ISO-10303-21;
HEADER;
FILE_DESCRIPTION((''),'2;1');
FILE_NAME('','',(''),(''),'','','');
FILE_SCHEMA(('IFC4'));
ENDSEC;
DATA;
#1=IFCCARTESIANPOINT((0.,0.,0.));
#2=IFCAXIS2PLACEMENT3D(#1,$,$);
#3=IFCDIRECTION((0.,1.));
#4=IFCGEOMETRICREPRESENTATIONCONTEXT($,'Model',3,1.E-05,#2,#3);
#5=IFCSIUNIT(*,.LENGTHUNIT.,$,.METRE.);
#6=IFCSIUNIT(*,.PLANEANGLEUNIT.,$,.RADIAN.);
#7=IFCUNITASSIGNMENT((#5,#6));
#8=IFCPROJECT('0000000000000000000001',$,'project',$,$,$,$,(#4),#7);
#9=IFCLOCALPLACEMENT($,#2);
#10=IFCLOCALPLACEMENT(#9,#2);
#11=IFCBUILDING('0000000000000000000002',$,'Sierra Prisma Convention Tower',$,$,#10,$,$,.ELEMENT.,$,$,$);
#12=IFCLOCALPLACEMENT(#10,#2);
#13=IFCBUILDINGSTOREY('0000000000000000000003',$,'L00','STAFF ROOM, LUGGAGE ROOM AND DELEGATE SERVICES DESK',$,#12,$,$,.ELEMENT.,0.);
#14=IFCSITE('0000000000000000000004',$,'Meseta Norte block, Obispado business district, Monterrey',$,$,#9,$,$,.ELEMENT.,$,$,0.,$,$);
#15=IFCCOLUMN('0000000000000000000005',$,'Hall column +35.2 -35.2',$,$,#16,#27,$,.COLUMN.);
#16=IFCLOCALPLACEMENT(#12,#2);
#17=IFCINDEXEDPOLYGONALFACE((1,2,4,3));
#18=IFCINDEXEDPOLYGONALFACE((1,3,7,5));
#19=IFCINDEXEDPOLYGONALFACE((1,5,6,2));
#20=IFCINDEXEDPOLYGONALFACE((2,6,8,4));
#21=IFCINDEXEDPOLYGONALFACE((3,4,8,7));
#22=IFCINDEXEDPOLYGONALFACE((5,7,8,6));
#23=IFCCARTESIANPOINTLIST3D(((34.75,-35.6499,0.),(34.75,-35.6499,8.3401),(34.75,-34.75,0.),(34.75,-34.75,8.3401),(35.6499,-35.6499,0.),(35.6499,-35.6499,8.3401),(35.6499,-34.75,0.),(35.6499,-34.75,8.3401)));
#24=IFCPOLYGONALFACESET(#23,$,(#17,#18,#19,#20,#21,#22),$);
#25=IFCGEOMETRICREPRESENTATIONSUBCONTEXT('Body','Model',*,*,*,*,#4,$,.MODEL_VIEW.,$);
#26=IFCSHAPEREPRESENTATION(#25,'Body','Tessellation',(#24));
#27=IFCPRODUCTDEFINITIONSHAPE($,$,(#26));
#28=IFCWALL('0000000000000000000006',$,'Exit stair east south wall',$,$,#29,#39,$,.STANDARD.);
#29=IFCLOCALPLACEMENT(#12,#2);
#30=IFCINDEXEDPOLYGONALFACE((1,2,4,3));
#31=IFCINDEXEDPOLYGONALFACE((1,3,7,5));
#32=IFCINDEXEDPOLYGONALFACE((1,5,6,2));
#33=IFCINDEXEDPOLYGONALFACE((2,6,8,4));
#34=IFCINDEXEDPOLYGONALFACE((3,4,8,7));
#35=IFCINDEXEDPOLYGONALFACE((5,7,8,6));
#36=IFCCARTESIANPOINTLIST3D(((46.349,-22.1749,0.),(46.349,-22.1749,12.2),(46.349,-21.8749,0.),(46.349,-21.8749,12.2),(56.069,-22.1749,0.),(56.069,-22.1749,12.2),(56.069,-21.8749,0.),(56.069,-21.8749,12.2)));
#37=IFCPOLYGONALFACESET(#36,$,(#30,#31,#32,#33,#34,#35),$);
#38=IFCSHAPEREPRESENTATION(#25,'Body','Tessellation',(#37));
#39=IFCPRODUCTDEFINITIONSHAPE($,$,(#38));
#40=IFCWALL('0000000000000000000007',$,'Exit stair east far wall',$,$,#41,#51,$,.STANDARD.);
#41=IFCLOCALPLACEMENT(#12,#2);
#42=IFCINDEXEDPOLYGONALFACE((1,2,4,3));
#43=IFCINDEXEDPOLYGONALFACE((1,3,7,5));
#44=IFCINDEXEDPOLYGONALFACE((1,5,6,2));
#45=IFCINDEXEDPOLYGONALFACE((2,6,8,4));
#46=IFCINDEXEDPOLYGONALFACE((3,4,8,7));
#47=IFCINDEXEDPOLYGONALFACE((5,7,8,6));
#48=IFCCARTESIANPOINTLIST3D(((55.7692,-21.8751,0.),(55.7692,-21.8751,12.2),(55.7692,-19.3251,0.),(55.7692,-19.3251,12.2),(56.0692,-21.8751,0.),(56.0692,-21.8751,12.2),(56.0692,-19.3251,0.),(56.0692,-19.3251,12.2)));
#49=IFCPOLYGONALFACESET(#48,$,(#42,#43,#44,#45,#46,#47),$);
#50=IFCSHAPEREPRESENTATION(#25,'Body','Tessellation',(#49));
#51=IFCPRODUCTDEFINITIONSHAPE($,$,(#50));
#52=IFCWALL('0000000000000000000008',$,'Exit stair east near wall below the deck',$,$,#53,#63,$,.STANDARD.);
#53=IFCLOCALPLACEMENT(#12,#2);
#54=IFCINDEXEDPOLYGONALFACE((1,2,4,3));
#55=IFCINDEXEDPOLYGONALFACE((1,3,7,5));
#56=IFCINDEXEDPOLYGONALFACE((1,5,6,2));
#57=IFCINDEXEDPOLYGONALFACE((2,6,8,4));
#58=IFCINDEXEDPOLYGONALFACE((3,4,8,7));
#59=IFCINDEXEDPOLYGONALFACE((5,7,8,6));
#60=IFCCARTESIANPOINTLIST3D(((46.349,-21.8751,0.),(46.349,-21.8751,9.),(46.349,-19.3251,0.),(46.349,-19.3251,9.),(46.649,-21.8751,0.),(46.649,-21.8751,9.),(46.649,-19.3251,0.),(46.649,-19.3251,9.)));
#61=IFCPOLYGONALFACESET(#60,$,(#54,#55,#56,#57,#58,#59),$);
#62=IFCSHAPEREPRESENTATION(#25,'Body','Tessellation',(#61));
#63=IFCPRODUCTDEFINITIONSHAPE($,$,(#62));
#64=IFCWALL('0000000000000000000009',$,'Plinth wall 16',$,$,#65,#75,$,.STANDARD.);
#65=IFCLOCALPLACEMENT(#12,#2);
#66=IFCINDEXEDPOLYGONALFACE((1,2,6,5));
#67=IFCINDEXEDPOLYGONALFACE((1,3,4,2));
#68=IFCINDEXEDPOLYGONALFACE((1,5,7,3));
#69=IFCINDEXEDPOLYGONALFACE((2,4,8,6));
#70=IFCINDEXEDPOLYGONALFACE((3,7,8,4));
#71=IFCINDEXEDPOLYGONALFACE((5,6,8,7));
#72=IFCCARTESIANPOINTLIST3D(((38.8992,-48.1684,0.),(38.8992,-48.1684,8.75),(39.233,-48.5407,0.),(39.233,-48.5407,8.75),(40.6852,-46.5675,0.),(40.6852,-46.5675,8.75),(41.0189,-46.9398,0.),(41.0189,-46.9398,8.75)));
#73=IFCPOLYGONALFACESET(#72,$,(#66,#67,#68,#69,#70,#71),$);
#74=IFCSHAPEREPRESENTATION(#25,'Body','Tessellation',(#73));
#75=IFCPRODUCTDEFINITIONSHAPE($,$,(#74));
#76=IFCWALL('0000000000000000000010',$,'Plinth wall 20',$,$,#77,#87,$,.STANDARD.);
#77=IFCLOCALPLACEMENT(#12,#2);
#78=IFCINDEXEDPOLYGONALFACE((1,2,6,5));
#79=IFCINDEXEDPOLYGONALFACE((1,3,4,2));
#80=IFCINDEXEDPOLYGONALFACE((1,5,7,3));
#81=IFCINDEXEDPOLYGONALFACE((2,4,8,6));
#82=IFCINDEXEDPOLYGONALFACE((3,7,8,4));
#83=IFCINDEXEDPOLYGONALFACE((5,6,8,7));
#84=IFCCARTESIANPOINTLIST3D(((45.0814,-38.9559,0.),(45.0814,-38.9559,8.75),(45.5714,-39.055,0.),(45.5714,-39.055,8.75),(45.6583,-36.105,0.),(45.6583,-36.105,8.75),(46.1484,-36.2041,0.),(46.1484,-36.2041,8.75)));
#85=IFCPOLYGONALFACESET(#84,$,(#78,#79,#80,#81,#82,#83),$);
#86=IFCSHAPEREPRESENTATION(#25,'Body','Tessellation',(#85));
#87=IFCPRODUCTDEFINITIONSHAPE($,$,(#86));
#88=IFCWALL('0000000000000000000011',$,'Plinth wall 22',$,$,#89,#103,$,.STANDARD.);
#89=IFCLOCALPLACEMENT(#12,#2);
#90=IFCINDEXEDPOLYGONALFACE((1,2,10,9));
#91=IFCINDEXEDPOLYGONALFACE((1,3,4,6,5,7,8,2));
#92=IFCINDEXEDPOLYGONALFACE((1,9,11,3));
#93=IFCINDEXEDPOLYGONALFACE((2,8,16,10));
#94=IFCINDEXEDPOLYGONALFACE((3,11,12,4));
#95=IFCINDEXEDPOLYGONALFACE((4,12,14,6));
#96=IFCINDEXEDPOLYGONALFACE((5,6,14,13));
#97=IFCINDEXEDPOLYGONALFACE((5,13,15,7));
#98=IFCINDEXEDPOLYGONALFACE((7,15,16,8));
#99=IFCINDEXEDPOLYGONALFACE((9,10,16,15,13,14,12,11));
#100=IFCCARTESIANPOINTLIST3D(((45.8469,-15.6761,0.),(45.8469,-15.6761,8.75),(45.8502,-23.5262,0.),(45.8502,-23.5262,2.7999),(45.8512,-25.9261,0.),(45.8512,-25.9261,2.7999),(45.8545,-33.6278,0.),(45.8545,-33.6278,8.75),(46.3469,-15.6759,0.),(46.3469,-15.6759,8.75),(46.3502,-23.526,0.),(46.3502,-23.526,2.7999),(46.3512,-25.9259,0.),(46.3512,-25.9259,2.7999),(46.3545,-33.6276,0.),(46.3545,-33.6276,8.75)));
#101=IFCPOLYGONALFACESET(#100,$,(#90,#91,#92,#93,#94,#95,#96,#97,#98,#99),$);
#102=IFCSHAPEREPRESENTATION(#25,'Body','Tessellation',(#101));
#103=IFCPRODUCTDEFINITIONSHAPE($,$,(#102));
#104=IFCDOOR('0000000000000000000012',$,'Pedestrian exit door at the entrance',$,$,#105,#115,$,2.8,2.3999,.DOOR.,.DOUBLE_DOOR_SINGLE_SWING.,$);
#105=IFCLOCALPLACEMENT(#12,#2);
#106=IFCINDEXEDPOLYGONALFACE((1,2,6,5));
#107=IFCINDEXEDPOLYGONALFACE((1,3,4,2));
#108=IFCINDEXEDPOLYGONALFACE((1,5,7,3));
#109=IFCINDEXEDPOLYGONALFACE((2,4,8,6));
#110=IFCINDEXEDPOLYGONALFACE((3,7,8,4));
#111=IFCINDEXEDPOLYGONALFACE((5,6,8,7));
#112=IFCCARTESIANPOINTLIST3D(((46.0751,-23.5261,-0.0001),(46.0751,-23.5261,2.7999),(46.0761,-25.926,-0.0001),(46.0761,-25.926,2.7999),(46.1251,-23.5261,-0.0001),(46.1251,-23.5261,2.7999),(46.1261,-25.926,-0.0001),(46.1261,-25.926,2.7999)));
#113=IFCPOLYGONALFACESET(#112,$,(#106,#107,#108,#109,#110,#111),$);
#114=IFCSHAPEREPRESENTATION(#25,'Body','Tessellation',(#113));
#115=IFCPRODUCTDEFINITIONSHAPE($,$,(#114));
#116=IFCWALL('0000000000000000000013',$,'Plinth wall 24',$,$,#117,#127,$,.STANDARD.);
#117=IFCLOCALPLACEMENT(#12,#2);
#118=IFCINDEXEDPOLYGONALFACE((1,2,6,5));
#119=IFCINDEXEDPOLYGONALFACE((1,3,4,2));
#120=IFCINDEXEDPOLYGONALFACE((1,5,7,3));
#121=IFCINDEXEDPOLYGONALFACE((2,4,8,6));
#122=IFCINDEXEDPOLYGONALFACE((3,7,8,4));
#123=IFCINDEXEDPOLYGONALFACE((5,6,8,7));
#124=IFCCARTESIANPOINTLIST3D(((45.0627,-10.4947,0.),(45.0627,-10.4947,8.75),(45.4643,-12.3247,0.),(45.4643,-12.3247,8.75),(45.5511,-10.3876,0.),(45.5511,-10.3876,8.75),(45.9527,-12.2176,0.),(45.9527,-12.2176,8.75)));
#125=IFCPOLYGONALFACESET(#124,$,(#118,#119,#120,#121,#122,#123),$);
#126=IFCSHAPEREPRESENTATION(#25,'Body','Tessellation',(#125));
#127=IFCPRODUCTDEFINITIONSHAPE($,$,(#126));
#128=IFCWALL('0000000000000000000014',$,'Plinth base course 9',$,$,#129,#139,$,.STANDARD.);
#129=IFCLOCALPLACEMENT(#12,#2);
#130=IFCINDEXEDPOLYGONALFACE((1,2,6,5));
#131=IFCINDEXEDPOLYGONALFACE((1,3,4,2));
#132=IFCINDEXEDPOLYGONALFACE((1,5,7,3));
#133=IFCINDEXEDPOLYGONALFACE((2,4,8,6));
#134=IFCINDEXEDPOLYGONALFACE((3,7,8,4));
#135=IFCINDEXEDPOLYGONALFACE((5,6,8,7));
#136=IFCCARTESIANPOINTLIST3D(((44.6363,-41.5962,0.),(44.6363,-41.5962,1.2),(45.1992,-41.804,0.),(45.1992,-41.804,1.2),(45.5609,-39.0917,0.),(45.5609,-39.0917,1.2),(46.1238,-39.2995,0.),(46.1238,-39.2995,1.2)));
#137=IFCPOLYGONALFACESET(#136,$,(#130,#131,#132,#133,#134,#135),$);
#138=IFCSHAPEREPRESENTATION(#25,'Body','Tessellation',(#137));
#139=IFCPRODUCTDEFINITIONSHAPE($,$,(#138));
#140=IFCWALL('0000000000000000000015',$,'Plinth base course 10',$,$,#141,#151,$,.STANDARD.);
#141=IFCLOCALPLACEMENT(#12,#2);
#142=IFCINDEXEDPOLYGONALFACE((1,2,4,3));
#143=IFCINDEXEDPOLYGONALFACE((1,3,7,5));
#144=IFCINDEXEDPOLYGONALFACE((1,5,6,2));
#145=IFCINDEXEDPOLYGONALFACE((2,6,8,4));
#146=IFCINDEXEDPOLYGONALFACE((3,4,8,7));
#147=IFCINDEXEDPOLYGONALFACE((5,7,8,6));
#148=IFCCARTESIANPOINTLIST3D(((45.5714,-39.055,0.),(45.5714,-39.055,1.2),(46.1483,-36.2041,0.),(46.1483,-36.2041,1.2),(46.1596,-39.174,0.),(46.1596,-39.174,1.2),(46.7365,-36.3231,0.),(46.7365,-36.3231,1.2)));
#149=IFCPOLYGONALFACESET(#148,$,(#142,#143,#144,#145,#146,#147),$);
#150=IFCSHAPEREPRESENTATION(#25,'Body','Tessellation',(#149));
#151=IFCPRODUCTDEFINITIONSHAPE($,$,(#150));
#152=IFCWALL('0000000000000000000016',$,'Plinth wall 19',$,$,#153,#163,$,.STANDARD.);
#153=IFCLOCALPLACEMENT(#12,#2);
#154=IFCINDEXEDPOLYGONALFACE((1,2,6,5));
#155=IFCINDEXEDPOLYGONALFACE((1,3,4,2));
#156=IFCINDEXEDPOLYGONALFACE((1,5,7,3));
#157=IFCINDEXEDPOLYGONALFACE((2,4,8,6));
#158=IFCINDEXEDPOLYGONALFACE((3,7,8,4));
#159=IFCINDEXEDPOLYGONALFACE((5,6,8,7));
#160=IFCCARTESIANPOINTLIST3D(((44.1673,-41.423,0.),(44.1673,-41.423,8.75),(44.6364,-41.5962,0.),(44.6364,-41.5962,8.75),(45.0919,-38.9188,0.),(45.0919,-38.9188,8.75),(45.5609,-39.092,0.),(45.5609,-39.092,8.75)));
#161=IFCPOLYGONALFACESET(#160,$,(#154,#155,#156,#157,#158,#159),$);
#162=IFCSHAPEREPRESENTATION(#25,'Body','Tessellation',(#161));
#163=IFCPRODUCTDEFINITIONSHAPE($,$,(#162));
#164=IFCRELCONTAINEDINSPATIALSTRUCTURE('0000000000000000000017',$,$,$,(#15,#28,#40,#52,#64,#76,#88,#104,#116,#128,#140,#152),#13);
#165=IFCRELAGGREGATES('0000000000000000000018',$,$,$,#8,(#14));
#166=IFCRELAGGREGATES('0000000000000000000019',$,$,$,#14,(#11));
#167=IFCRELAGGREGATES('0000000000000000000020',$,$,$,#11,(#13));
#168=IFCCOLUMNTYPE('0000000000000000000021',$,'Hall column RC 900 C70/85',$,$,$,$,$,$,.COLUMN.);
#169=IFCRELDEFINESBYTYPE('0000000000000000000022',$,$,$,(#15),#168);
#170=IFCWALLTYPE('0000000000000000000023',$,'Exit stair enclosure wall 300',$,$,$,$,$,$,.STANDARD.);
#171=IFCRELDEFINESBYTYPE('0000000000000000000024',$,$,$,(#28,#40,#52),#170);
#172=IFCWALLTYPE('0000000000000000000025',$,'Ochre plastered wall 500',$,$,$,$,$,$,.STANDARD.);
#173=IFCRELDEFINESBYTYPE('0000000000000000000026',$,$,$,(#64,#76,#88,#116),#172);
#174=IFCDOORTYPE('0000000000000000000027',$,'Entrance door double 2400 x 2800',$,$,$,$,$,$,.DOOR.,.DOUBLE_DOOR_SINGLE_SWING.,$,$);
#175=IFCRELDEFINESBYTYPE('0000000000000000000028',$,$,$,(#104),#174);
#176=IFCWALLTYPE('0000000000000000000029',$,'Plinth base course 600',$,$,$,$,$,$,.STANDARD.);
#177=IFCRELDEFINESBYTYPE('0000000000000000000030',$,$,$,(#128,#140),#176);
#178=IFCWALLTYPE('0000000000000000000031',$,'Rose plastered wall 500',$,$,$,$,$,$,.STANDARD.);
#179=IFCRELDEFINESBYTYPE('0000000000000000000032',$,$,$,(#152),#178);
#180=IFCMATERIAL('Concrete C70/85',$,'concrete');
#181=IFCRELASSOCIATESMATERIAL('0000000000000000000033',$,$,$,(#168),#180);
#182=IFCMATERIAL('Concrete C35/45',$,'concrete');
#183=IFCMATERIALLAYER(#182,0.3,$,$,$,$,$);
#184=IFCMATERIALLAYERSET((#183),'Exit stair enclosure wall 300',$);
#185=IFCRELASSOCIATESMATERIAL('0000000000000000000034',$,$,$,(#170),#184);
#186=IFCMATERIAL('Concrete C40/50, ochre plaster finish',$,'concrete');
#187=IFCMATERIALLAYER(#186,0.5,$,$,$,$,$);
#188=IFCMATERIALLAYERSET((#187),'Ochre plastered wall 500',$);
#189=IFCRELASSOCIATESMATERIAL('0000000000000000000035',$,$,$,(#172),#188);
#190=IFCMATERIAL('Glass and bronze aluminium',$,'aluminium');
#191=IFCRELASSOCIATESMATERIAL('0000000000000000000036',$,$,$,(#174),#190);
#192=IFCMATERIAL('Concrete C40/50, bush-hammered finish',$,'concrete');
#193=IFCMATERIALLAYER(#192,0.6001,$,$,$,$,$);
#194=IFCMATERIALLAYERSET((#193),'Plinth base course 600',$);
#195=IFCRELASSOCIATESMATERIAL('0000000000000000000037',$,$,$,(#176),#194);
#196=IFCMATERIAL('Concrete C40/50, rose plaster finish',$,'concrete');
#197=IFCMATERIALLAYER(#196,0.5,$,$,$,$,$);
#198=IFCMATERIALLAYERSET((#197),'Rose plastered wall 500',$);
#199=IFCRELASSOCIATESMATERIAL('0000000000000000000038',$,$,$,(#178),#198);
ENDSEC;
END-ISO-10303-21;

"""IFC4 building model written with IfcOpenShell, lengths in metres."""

from ifc_helpers import new_model, si_unit, direction, frame, frame_2d, origin, origin_2d, place, context, subcontext, project, spatial, rectangle, extrude, material, layer, layer_set, material_profile, profile_set, type_object, element, fill, save


model = new_model("IFC4")

# Units and contexts
model_context = context("Model", 3, precision=1e-05, world=origin(), true_north=direction((0.0, 1.0)))
body_context = subcontext(model_context, "Body", "Model", "MODEL_VIEW")
ifc_project = project(units=[si_unit("LENGTHUNIT", "METRE"), si_unit("PLANEANGLEUNIT", "RADIAN")], contexts=[model_context])

# Site, building, storey
site_placement = place(None, origin())
site = spatial("IfcSite", under=ifc_project, at=site_placement, Name="Meseta Norte block, Obispado business district, Monterrey", CompositionType="ELEMENT", RefElevation=0.0)
building_placement = place(site_placement, origin())
building = spatial("IfcBuilding", under=site, at=building_placement, Name="Sierra Prisma Convention Tower", CompositionType="ELEMENT")
storey_placement = place(building_placement, origin())
storey = spatial("IfcBuildingStorey", under=building, at=storey_placement, Name="L00", Description="STAFF ROOM, LUGGAGE ROOM AND DELEGATE SERVICES DESK", CompositionType="ELEMENT", Elevation=0.0)

# Column
ifc_material_1 = material(Name="Concrete C70/85", Category="concrete")
ifc_material_profile = material_profile(ifc_material_1, rectangle(XDim=0.8999, YDim=0.8999, at=origin_2d()), Name="Hall column RC 900 C70/85")
ifc_profile_set = profile_set([ifc_material_profile], Name="Concrete C70/85")
column_type = type_object("IfcColumnType", Name="Hall column RC 900 C70/85", PredefinedType="COLUMN", material=ifc_profile_set)
column_placement = place(storey_placement, frame((35.2, -35.2, 0.0), z_axis=(0.0, 0.0, 1.0), x_axis=(1.0, 0.0, 0.0)))
element("IfcColumn", 1, at=column_placement, inside=storey, type_object=column_type, Name="Hall column +35.2 -35.2", PredefinedType="COLUMN", context=body_context, shape_type="SweptSolid", body=[
    extrude(rectangle(XDim=0.8999, YDim=0.8999, at=origin_2d()), origin(), (0.0, 0.0, 1.0), 8.3401),
])

# Shared definitions
ifc_material_2 = material(Name="Concrete C35/45", Category="concrete")
ifc_layer_1 = layer(ifc_material_2, 0.3)
ifc_layer_set_1 = layer_set([ifc_layer_1], Name="Exit stair enclosure wall 300")
wall_type_1 = type_object("IfcWallType", Name="Exit stair enclosure wall 300", PredefinedType="STANDARD", material=ifc_layer_set_1)

# Walls
wall_1_placement = place(storey_placement, frame((46.3491, -22.0249, 0.0), z_axis=(0.0, 0.0, 1.0), x_axis=(1.0, 0.0, 0.0)))
element("IfcWall", 2, at=wall_1_placement, inside=storey, type_object=wall_type_1, Name="Exit stair east south wall", PredefinedType="STANDARD", context=body_context, shape_type="SweptSolid", body=[
    extrude(rectangle(XDim=9.72, YDim=0.3, at=frame_2d((4.8599, 0.0))), origin(), (0.0, 0.0, 1.0), 12.2),
])
wall_2_placement = place(storey_placement, frame((55.9192, -21.875, 0.0), z_axis=(0.0, 0.0, 1.0), x_axis=(0.0, 1.0, 0.0)))
element("IfcWall", 3, at=wall_2_placement, inside=storey, type_object=wall_type_1, Name="Exit stair east far wall", PredefinedType="STANDARD", context=body_context, shape_type="SweptSolid", body=[
    extrude(rectangle(XDim=2.55, YDim=0.3, at=frame_2d((1.2749, 0.0))), origin(), (0.0, 0.0, 1.0), 12.2),
])
wall_3_placement = place(storey_placement, frame((46.499, -21.875, 0.0), z_axis=(0.0, 0.0, 1.0), x_axis=(0.0, 1.0, 0.0)))
element("IfcWall", 4, at=wall_3_placement, inside=storey, type_object=wall_type_1, Name="Exit stair east near wall below the deck", PredefinedType="STANDARD", context=body_context, shape_type="SweptSolid", body=[
    extrude(rectangle(XDim=2.55, YDim=0.3, at=frame_2d((1.2749, 0.0))), origin(), (0.0, 0.0, 1.0), 9.0),
])
ifc_material_3 = material(Name="Concrete C40/50, ochre plaster finish", Category="concrete")
ifc_layer_2 = layer(ifc_material_3, 0.5)
ifc_layer_set_2 = layer_set([ifc_layer_2], Name="Ochre plastered wall 500")
wall_type_2 = type_object("IfcWallType", Name="Ochre plastered wall 500", PredefinedType="STANDARD", material=ifc_layer_set_2)
wall_4_placement = place(storey_placement, frame((40.8521, -46.7537, 0.0), z_axis=(0.0, 0.0, 1.0), x_axis=(-0.744634, -0.667473, 0.0)))
element("IfcWall", 5, at=wall_4_placement, inside=storey, type_object=wall_type_2, Name="Plinth wall 16", PredefinedType="STANDARD", context=body_context, shape_type="SweptSolid", body=[
    extrude(rectangle(XDim=2.3984, YDim=0.5, at=frame_2d((1.1992, 0.0))), origin(), (0.0, 0.0, 1.0), 8.75),
])

# Wall
wall_5_placement = place(storey_placement, frame((45.9033, -36.1545, 0.0), z_axis=(0.0, 0.0, 1.0), x_axis=(-0.198343, -0.980133, 0.0)))
element("IfcWall", 6, at=wall_5_placement, inside=storey, type_object=wall_type_2, Name="Plinth wall 20", PredefinedType="STANDARD", context=body_context, shape_type="SweptSolid", body=[
    extrude(rectangle(XDim=2.9087, YDim=0.5, at=frame_2d((1.4543, 0.0))), origin(), (0.0, 0.0, 1.0), 8.75),
])

# Wall, opening, door
wall_6_placement = place(storey_placement, frame((46.0969, -15.676, 0.0), z_axis=(0.0, 0.0, 1.0), x_axis=(0.000422, -1.0, 0.0)))
wall_6 = element("IfcWall", 7, at=wall_6_placement, inside=storey, type_object=wall_type_2, Name="Plinth wall 22", PredefinedType="STANDARD", context=body_context, shape_type="SweptSolid", body=[
    extrude(rectangle(XDim=17.9517, YDim=0.5, at=frame_2d((8.9758, 0.0))), origin(), (0.0, 0.0, 1.0), 8.75),
])
opening_1_placement = place(wall_6_placement, frame((7.8501, 0.0, 0.0)))
opening_1 = element("IfcOpeningElement", 8, at=opening_1_placement, cuts=wall_6, PredefinedType="OPENING", context=body_context, shape_type="SweptSolid", body=[
    extrude(rectangle(XDim=2.3999, YDim=2.8, at=frame_2d((1.2, 1.3999))), frame((0.0, 0.25, 0.0), z_axis=(0.0, -1.0, 0.0), x_axis=(1.0, 0.0, 0.0)), (0.0, 0.0, 1.0), 0.5),
])
ifc_material_4 = material(Name="Glass and bronze aluminium", Category="aluminium")
door_type_1 = type_object("IfcDoorType", Name="Entrance door double 2400 x 2800", OperationType="DOUBLE_DOOR_SINGLE_SWING", PredefinedType="DOOR", material=ifc_material_4)
door_1_placement = place(opening_1_placement, origin())
door_1 = element("IfcDoor", 9, at=door_1_placement, inside=storey, type_object=door_type_1, Name="Pedestrian exit door at the entrance", OperationType="DOUBLE_DOOR_SINGLE_SWING", OverallHeight=2.8, OverallWidth=2.3999, PredefinedType="DOOR", context=body_context, shape_type="SweptSolid", body=[
    extrude(rectangle(XDim=2.3999, YDim=2.8, at=frame_2d((1.2, 1.3999))), frame((0.0, 0.0249, 0.0), z_axis=(0.0, -1.0, 0.0), x_axis=(1.0, 0.0, 0.0)), (0.0, 0.0, 1.0), 0.05),
])
fill(opening_1, door_1)

# Walls
wall_7_placement = place(storey_placement, frame((45.3069, -10.4412, 0.0), z_axis=(0.0, 0.0, 1.0), x_axis=(0.21435, -0.976757, 0.0)))
element("IfcWall", 10, at=wall_7_placement, inside=storey, type_object=wall_type_2, Name="Plinth wall 24", PredefinedType="STANDARD", context=body_context, shape_type="SweptSolid", body=[
    extrude(rectangle(XDim=1.8735, YDim=0.5, at=frame_2d((0.9368, 0.0))), origin(), (0.0, 0.0, 1.0), 8.75),
])
ifc_material_5 = material(Name="Concrete C40/50, bush-hammered finish", Category="concrete")
ifc_layer_3 = layer(ifc_material_5, 0.6001)
ifc_layer_set_3 = layer_set([ifc_layer_3], Name="Plinth base course 600")
wall_type_3 = type_object("IfcWallType", Name="Plinth base course 600", PredefinedType="STANDARD", material=ifc_layer_set_3)
wall_8_placement = place(storey_placement, frame((44.9177, -41.7002, 0.0), z_axis=(0.0, 0.0, 1.0), x_axis=(0.346328, 0.938113, 0.0)))
element("IfcWall", 11, at=wall_8_placement, inside=storey, type_object=wall_type_3, Name="Plinth base course 9", PredefinedType="STANDARD", context=body_context, shape_type="SweptSolid", body=[
    extrude(rectangle(XDim=2.6697, YDim=0.6001, at=frame_2d((1.335, 0.0))), origin(), (0.0, 0.0, 1.0), 1.2),
])
wall_9_placement = place(storey_placement, frame((45.8655, -39.1145, 0.0), z_axis=(0.0, 0.0, 1.0), x_axis=(0.198343, 0.980133, 0.0)))
element("IfcWall", 12, at=wall_9_placement, inside=storey, type_object=wall_type_3, Name="Plinth base course 10", PredefinedType="STANDARD", context=body_context, shape_type="SweptSolid", body=[
    extrude(rectangle(XDim=2.9087, YDim=0.6001, at=frame_2d((1.4543, 0.0))), origin(), (0.0, 0.0, 1.0), 1.2),
])

# Shared definitions
ifc_material_6 = material(Name="Concrete C40/50, rose plaster finish", Category="concrete")
ifc_layer_4 = layer(ifc_material_6, 0.5)
ifc_layer_set_4 = layer_set([ifc_layer_4], Name="Rose plastered wall 500")
wall_type_4 = type_object("IfcWallType", Name="Rose plastered wall 500", PredefinedType="STANDARD", material=ifc_layer_set_4)

# Wall
wall_10_placement = place(storey_placement, frame((45.3264, -39.0054, 0.0), z_axis=(0.0, 0.0, 1.0), x_axis=(-0.346358, -0.938102, 0.0)))
element("IfcWall", 13, at=wall_10_placement, inside=storey, type_object=wall_type_4, Name="Plinth wall 19", PredefinedType="STANDARD", context=body_context, shape_type="SweptSolid", body=[
    extrude(rectangle(XDim=2.6694, YDim=0.5, at=frame_2d((1.3347, 0.0))), origin(), (0.0, 0.0, 1.0), 8.75),
])

save(model, "model.ifc")
